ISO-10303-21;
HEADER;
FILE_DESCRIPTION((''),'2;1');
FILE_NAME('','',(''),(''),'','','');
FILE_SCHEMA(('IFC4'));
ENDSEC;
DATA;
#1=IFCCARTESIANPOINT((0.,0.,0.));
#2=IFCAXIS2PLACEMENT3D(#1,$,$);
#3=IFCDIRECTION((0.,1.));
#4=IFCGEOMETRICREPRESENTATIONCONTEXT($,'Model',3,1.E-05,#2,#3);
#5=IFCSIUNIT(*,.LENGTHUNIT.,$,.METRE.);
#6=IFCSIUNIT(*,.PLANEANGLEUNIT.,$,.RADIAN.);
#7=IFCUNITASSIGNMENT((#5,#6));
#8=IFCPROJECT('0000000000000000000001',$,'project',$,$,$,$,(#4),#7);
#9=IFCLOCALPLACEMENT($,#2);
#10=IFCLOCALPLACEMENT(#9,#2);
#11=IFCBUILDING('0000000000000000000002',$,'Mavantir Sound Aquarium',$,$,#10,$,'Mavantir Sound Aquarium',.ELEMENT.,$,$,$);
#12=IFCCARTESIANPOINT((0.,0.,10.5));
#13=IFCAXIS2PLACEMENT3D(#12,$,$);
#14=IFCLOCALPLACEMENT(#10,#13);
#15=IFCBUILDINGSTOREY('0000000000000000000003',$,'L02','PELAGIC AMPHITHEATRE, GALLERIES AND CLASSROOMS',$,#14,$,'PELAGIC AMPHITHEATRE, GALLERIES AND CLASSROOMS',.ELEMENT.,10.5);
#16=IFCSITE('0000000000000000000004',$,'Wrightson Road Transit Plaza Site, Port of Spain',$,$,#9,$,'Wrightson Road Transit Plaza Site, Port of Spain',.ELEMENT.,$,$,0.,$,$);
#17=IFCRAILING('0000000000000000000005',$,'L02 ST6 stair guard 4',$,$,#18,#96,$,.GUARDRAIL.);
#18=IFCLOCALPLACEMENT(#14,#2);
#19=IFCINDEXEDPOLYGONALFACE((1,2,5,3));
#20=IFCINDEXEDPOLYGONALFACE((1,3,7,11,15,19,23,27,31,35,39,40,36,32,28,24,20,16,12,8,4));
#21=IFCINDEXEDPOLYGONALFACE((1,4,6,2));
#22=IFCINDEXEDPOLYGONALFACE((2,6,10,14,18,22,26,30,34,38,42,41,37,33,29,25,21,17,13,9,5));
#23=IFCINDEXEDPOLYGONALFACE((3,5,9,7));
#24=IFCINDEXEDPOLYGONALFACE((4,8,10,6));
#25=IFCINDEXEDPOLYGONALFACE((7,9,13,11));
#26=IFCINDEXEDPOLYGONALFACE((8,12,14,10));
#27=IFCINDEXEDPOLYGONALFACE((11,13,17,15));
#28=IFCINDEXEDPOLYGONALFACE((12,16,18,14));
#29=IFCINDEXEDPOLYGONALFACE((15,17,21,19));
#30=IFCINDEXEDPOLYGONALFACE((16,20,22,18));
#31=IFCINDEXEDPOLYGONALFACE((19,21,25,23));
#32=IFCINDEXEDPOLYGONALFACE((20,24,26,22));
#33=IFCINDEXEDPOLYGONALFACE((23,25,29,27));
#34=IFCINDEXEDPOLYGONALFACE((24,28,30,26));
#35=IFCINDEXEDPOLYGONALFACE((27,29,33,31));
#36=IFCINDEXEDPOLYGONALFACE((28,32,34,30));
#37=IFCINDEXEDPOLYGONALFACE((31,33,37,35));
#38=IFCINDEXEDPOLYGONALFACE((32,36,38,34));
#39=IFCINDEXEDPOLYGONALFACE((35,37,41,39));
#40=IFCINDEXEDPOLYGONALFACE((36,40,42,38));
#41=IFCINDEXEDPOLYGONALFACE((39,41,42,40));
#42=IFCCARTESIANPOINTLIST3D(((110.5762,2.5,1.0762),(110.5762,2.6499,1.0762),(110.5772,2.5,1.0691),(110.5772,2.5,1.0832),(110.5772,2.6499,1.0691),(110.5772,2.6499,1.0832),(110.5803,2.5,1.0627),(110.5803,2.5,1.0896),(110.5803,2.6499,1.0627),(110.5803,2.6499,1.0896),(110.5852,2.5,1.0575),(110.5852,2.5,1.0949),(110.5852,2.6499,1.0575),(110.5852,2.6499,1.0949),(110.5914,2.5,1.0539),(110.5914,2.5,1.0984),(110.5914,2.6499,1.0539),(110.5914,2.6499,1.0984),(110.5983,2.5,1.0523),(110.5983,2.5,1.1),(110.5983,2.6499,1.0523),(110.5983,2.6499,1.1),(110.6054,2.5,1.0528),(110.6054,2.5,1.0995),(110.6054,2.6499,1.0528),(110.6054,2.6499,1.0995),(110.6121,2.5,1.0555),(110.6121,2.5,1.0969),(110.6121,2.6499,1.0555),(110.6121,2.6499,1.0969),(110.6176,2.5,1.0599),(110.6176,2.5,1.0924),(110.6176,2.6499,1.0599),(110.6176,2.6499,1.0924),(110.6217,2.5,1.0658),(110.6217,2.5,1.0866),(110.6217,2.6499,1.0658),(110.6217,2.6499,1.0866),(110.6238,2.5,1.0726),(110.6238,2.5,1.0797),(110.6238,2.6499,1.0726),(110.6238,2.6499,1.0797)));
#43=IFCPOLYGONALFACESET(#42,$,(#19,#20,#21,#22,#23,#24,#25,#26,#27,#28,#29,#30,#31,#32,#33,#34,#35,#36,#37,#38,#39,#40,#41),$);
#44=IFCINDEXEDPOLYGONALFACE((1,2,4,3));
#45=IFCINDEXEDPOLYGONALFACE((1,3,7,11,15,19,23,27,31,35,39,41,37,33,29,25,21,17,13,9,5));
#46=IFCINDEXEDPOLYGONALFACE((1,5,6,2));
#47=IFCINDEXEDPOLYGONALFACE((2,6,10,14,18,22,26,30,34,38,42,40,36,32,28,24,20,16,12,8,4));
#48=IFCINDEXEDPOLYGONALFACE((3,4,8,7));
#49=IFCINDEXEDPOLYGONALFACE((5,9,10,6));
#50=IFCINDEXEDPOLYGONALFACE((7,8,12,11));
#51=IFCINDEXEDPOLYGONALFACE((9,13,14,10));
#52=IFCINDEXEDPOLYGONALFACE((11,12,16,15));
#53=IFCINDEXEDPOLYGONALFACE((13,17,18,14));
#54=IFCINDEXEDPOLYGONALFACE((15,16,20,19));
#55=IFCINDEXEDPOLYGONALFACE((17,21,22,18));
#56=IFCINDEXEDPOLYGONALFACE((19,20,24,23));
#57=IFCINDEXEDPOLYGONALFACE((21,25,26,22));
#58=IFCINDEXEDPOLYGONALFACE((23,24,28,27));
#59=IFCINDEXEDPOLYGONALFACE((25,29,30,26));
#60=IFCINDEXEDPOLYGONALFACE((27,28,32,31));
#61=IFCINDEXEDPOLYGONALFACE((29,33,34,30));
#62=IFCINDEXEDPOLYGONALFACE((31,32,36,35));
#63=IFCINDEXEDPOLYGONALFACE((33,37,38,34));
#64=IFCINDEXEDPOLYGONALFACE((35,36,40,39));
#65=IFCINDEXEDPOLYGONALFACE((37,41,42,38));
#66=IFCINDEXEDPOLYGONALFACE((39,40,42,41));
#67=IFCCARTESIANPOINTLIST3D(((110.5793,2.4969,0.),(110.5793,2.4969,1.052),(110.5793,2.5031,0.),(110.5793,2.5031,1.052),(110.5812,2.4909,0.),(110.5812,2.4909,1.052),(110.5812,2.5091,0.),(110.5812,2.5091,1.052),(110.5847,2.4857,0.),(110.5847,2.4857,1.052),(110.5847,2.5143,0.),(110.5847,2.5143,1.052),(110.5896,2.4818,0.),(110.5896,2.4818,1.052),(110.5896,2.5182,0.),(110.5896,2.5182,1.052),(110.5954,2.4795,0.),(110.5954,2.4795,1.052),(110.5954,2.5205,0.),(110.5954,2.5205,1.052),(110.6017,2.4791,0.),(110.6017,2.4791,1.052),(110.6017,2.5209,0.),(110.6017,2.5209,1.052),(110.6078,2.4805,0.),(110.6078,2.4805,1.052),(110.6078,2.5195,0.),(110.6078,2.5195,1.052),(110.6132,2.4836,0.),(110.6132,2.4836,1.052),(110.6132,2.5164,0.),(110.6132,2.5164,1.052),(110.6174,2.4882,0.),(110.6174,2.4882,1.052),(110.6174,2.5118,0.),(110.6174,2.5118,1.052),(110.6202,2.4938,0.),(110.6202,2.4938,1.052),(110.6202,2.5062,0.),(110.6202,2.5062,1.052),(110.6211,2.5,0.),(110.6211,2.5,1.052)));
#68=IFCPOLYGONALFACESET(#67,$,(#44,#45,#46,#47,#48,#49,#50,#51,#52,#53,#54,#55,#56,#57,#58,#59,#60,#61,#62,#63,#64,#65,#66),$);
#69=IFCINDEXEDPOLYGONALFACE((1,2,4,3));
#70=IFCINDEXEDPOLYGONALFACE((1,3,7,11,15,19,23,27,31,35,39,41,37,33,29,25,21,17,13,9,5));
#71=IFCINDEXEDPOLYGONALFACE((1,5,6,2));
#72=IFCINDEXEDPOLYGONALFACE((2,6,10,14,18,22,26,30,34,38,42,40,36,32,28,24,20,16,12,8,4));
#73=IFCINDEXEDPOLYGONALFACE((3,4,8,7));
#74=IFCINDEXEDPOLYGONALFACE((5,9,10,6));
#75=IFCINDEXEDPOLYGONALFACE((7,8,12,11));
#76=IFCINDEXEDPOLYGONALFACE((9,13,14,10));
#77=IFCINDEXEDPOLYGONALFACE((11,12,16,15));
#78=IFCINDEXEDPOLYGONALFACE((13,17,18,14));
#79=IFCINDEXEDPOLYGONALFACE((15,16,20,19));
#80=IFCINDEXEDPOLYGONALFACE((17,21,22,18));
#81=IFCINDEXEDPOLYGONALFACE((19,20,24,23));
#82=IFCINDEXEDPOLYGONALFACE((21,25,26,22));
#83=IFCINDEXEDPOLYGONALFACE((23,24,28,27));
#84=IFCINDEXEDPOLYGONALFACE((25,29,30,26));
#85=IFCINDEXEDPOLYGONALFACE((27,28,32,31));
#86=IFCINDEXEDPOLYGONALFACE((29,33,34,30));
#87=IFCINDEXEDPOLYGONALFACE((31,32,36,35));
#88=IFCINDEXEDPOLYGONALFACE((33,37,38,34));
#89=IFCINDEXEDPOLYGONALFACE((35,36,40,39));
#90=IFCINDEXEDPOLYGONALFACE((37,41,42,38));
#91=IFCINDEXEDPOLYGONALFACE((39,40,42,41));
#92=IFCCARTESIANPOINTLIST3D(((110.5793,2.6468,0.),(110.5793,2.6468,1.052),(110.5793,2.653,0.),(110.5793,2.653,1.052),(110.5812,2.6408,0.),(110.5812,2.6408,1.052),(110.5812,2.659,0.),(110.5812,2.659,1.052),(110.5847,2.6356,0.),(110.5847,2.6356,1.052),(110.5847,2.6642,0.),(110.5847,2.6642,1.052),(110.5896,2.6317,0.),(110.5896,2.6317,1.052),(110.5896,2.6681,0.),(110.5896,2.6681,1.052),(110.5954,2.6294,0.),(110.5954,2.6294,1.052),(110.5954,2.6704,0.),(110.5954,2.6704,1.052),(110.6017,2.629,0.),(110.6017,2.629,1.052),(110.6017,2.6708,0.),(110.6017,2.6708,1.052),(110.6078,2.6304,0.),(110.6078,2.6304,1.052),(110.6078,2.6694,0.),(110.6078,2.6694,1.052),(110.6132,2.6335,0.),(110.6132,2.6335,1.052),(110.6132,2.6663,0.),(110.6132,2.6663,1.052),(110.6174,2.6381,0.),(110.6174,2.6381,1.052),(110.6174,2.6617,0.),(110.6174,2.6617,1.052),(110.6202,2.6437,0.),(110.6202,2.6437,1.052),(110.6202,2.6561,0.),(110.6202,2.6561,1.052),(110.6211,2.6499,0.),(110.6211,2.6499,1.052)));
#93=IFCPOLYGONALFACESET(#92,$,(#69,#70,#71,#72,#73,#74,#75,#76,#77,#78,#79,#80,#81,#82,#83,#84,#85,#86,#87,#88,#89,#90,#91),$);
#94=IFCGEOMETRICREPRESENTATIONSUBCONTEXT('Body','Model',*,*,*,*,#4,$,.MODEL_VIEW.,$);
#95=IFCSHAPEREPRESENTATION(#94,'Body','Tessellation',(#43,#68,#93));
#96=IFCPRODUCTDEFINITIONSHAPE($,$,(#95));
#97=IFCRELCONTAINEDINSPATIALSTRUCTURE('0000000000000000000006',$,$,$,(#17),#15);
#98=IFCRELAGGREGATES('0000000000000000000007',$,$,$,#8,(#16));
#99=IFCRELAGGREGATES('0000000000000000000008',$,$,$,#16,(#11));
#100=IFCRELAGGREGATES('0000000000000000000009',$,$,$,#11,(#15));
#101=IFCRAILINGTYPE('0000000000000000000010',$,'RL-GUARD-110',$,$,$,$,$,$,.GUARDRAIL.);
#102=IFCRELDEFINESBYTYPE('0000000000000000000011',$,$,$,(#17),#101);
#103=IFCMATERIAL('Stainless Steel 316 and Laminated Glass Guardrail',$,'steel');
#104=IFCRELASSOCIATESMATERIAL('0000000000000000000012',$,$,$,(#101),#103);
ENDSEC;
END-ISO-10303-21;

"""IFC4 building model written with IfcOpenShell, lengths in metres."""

from ifc_helpers import new_model, si_unit, direction, frame, origin, origin_2d, place, context, subcontext, project, spatial, circle, extrude, material, type_object, element, save


model = new_model("IFC4")

# Units and contexts
model_context = context("Model", 3, precision=1e-05, world=origin(), true_north=direction((0.0, 1.0)))
body_context = subcontext(model_context, "Body", "Model", "MODEL_VIEW")
ifc_project = project(units=[si_unit("LENGTHUNIT", "METRE"), si_unit("PLANEANGLEUNIT", "RADIAN")], contexts=[model_context])

# Site, building, storey
site_placement = place(None, origin())
site = spatial("IfcSite", under=ifc_project, at=site_placement, Name="Wrightson Road Transit Plaza Site, Port of Spain", LongName="Wrightson Road Transit Plaza Site, Port of Spain", CompositionType="ELEMENT", RefElevation=0.0)
building_placement = place(site_placement, origin())
building = spatial("IfcBuilding", under=site, at=building_placement, Name="Mavantir Sound Aquarium", LongName="Mavantir Sound Aquarium", CompositionType="ELEMENT")
storey_placement = place(building_placement, frame((0.0, 0.0, 10.5)))
storey = spatial("IfcBuildingStorey", under=building, at=storey_placement, Name="L02", Description="PELAGIC AMPHITHEATRE, GALLERIES AND CLASSROOMS", LongName="PELAGIC AMPHITHEATRE, GALLERIES AND CLASSROOMS", CompositionType="ELEMENT", Elevation=10.5)

# Railing
ifc_material_1 = material(Name="Stainless Steel 316 and Laminated Glass Guardrail", Category="steel")
railing_type_1 = type_object("IfcRailingType", Name="RL-GUARD-110", PredefinedType="GUARDRAIL", material=ifc_material_1)
railing_1_placement = place(storey_placement, frame((110.6001, 2.5, 0.0)))
element("IfcRailing", 1, at=railing_1_placement, inside=storey, type_object=railing_type_1, Name="L02 ST6 stair guard 4", PredefinedType="GUARDRAIL", context=body_context, shape_type="SweptSolid", body=[
    extrude(circle(Radius=0.0239, at=origin_2d()), frame((0.0, 0.0, 1.0762), z_axis=(0.0, 1.0, 0.0), x_axis=(-1.0, 0.0, 0.0)), (0.0, 0.0, 1.0), 0.1499),
    extrude(circle(Radius=0.021, at=origin_2d()), origin(), (0.0, 0.0, 1.0), 1.052),
    extrude(circle(Radius=0.021, at=origin_2d()), frame((0.0, 0.1499, 0.0)), (0.0, 0.0, 1.0), 1.052),
])

save(model, "model.ifc")
